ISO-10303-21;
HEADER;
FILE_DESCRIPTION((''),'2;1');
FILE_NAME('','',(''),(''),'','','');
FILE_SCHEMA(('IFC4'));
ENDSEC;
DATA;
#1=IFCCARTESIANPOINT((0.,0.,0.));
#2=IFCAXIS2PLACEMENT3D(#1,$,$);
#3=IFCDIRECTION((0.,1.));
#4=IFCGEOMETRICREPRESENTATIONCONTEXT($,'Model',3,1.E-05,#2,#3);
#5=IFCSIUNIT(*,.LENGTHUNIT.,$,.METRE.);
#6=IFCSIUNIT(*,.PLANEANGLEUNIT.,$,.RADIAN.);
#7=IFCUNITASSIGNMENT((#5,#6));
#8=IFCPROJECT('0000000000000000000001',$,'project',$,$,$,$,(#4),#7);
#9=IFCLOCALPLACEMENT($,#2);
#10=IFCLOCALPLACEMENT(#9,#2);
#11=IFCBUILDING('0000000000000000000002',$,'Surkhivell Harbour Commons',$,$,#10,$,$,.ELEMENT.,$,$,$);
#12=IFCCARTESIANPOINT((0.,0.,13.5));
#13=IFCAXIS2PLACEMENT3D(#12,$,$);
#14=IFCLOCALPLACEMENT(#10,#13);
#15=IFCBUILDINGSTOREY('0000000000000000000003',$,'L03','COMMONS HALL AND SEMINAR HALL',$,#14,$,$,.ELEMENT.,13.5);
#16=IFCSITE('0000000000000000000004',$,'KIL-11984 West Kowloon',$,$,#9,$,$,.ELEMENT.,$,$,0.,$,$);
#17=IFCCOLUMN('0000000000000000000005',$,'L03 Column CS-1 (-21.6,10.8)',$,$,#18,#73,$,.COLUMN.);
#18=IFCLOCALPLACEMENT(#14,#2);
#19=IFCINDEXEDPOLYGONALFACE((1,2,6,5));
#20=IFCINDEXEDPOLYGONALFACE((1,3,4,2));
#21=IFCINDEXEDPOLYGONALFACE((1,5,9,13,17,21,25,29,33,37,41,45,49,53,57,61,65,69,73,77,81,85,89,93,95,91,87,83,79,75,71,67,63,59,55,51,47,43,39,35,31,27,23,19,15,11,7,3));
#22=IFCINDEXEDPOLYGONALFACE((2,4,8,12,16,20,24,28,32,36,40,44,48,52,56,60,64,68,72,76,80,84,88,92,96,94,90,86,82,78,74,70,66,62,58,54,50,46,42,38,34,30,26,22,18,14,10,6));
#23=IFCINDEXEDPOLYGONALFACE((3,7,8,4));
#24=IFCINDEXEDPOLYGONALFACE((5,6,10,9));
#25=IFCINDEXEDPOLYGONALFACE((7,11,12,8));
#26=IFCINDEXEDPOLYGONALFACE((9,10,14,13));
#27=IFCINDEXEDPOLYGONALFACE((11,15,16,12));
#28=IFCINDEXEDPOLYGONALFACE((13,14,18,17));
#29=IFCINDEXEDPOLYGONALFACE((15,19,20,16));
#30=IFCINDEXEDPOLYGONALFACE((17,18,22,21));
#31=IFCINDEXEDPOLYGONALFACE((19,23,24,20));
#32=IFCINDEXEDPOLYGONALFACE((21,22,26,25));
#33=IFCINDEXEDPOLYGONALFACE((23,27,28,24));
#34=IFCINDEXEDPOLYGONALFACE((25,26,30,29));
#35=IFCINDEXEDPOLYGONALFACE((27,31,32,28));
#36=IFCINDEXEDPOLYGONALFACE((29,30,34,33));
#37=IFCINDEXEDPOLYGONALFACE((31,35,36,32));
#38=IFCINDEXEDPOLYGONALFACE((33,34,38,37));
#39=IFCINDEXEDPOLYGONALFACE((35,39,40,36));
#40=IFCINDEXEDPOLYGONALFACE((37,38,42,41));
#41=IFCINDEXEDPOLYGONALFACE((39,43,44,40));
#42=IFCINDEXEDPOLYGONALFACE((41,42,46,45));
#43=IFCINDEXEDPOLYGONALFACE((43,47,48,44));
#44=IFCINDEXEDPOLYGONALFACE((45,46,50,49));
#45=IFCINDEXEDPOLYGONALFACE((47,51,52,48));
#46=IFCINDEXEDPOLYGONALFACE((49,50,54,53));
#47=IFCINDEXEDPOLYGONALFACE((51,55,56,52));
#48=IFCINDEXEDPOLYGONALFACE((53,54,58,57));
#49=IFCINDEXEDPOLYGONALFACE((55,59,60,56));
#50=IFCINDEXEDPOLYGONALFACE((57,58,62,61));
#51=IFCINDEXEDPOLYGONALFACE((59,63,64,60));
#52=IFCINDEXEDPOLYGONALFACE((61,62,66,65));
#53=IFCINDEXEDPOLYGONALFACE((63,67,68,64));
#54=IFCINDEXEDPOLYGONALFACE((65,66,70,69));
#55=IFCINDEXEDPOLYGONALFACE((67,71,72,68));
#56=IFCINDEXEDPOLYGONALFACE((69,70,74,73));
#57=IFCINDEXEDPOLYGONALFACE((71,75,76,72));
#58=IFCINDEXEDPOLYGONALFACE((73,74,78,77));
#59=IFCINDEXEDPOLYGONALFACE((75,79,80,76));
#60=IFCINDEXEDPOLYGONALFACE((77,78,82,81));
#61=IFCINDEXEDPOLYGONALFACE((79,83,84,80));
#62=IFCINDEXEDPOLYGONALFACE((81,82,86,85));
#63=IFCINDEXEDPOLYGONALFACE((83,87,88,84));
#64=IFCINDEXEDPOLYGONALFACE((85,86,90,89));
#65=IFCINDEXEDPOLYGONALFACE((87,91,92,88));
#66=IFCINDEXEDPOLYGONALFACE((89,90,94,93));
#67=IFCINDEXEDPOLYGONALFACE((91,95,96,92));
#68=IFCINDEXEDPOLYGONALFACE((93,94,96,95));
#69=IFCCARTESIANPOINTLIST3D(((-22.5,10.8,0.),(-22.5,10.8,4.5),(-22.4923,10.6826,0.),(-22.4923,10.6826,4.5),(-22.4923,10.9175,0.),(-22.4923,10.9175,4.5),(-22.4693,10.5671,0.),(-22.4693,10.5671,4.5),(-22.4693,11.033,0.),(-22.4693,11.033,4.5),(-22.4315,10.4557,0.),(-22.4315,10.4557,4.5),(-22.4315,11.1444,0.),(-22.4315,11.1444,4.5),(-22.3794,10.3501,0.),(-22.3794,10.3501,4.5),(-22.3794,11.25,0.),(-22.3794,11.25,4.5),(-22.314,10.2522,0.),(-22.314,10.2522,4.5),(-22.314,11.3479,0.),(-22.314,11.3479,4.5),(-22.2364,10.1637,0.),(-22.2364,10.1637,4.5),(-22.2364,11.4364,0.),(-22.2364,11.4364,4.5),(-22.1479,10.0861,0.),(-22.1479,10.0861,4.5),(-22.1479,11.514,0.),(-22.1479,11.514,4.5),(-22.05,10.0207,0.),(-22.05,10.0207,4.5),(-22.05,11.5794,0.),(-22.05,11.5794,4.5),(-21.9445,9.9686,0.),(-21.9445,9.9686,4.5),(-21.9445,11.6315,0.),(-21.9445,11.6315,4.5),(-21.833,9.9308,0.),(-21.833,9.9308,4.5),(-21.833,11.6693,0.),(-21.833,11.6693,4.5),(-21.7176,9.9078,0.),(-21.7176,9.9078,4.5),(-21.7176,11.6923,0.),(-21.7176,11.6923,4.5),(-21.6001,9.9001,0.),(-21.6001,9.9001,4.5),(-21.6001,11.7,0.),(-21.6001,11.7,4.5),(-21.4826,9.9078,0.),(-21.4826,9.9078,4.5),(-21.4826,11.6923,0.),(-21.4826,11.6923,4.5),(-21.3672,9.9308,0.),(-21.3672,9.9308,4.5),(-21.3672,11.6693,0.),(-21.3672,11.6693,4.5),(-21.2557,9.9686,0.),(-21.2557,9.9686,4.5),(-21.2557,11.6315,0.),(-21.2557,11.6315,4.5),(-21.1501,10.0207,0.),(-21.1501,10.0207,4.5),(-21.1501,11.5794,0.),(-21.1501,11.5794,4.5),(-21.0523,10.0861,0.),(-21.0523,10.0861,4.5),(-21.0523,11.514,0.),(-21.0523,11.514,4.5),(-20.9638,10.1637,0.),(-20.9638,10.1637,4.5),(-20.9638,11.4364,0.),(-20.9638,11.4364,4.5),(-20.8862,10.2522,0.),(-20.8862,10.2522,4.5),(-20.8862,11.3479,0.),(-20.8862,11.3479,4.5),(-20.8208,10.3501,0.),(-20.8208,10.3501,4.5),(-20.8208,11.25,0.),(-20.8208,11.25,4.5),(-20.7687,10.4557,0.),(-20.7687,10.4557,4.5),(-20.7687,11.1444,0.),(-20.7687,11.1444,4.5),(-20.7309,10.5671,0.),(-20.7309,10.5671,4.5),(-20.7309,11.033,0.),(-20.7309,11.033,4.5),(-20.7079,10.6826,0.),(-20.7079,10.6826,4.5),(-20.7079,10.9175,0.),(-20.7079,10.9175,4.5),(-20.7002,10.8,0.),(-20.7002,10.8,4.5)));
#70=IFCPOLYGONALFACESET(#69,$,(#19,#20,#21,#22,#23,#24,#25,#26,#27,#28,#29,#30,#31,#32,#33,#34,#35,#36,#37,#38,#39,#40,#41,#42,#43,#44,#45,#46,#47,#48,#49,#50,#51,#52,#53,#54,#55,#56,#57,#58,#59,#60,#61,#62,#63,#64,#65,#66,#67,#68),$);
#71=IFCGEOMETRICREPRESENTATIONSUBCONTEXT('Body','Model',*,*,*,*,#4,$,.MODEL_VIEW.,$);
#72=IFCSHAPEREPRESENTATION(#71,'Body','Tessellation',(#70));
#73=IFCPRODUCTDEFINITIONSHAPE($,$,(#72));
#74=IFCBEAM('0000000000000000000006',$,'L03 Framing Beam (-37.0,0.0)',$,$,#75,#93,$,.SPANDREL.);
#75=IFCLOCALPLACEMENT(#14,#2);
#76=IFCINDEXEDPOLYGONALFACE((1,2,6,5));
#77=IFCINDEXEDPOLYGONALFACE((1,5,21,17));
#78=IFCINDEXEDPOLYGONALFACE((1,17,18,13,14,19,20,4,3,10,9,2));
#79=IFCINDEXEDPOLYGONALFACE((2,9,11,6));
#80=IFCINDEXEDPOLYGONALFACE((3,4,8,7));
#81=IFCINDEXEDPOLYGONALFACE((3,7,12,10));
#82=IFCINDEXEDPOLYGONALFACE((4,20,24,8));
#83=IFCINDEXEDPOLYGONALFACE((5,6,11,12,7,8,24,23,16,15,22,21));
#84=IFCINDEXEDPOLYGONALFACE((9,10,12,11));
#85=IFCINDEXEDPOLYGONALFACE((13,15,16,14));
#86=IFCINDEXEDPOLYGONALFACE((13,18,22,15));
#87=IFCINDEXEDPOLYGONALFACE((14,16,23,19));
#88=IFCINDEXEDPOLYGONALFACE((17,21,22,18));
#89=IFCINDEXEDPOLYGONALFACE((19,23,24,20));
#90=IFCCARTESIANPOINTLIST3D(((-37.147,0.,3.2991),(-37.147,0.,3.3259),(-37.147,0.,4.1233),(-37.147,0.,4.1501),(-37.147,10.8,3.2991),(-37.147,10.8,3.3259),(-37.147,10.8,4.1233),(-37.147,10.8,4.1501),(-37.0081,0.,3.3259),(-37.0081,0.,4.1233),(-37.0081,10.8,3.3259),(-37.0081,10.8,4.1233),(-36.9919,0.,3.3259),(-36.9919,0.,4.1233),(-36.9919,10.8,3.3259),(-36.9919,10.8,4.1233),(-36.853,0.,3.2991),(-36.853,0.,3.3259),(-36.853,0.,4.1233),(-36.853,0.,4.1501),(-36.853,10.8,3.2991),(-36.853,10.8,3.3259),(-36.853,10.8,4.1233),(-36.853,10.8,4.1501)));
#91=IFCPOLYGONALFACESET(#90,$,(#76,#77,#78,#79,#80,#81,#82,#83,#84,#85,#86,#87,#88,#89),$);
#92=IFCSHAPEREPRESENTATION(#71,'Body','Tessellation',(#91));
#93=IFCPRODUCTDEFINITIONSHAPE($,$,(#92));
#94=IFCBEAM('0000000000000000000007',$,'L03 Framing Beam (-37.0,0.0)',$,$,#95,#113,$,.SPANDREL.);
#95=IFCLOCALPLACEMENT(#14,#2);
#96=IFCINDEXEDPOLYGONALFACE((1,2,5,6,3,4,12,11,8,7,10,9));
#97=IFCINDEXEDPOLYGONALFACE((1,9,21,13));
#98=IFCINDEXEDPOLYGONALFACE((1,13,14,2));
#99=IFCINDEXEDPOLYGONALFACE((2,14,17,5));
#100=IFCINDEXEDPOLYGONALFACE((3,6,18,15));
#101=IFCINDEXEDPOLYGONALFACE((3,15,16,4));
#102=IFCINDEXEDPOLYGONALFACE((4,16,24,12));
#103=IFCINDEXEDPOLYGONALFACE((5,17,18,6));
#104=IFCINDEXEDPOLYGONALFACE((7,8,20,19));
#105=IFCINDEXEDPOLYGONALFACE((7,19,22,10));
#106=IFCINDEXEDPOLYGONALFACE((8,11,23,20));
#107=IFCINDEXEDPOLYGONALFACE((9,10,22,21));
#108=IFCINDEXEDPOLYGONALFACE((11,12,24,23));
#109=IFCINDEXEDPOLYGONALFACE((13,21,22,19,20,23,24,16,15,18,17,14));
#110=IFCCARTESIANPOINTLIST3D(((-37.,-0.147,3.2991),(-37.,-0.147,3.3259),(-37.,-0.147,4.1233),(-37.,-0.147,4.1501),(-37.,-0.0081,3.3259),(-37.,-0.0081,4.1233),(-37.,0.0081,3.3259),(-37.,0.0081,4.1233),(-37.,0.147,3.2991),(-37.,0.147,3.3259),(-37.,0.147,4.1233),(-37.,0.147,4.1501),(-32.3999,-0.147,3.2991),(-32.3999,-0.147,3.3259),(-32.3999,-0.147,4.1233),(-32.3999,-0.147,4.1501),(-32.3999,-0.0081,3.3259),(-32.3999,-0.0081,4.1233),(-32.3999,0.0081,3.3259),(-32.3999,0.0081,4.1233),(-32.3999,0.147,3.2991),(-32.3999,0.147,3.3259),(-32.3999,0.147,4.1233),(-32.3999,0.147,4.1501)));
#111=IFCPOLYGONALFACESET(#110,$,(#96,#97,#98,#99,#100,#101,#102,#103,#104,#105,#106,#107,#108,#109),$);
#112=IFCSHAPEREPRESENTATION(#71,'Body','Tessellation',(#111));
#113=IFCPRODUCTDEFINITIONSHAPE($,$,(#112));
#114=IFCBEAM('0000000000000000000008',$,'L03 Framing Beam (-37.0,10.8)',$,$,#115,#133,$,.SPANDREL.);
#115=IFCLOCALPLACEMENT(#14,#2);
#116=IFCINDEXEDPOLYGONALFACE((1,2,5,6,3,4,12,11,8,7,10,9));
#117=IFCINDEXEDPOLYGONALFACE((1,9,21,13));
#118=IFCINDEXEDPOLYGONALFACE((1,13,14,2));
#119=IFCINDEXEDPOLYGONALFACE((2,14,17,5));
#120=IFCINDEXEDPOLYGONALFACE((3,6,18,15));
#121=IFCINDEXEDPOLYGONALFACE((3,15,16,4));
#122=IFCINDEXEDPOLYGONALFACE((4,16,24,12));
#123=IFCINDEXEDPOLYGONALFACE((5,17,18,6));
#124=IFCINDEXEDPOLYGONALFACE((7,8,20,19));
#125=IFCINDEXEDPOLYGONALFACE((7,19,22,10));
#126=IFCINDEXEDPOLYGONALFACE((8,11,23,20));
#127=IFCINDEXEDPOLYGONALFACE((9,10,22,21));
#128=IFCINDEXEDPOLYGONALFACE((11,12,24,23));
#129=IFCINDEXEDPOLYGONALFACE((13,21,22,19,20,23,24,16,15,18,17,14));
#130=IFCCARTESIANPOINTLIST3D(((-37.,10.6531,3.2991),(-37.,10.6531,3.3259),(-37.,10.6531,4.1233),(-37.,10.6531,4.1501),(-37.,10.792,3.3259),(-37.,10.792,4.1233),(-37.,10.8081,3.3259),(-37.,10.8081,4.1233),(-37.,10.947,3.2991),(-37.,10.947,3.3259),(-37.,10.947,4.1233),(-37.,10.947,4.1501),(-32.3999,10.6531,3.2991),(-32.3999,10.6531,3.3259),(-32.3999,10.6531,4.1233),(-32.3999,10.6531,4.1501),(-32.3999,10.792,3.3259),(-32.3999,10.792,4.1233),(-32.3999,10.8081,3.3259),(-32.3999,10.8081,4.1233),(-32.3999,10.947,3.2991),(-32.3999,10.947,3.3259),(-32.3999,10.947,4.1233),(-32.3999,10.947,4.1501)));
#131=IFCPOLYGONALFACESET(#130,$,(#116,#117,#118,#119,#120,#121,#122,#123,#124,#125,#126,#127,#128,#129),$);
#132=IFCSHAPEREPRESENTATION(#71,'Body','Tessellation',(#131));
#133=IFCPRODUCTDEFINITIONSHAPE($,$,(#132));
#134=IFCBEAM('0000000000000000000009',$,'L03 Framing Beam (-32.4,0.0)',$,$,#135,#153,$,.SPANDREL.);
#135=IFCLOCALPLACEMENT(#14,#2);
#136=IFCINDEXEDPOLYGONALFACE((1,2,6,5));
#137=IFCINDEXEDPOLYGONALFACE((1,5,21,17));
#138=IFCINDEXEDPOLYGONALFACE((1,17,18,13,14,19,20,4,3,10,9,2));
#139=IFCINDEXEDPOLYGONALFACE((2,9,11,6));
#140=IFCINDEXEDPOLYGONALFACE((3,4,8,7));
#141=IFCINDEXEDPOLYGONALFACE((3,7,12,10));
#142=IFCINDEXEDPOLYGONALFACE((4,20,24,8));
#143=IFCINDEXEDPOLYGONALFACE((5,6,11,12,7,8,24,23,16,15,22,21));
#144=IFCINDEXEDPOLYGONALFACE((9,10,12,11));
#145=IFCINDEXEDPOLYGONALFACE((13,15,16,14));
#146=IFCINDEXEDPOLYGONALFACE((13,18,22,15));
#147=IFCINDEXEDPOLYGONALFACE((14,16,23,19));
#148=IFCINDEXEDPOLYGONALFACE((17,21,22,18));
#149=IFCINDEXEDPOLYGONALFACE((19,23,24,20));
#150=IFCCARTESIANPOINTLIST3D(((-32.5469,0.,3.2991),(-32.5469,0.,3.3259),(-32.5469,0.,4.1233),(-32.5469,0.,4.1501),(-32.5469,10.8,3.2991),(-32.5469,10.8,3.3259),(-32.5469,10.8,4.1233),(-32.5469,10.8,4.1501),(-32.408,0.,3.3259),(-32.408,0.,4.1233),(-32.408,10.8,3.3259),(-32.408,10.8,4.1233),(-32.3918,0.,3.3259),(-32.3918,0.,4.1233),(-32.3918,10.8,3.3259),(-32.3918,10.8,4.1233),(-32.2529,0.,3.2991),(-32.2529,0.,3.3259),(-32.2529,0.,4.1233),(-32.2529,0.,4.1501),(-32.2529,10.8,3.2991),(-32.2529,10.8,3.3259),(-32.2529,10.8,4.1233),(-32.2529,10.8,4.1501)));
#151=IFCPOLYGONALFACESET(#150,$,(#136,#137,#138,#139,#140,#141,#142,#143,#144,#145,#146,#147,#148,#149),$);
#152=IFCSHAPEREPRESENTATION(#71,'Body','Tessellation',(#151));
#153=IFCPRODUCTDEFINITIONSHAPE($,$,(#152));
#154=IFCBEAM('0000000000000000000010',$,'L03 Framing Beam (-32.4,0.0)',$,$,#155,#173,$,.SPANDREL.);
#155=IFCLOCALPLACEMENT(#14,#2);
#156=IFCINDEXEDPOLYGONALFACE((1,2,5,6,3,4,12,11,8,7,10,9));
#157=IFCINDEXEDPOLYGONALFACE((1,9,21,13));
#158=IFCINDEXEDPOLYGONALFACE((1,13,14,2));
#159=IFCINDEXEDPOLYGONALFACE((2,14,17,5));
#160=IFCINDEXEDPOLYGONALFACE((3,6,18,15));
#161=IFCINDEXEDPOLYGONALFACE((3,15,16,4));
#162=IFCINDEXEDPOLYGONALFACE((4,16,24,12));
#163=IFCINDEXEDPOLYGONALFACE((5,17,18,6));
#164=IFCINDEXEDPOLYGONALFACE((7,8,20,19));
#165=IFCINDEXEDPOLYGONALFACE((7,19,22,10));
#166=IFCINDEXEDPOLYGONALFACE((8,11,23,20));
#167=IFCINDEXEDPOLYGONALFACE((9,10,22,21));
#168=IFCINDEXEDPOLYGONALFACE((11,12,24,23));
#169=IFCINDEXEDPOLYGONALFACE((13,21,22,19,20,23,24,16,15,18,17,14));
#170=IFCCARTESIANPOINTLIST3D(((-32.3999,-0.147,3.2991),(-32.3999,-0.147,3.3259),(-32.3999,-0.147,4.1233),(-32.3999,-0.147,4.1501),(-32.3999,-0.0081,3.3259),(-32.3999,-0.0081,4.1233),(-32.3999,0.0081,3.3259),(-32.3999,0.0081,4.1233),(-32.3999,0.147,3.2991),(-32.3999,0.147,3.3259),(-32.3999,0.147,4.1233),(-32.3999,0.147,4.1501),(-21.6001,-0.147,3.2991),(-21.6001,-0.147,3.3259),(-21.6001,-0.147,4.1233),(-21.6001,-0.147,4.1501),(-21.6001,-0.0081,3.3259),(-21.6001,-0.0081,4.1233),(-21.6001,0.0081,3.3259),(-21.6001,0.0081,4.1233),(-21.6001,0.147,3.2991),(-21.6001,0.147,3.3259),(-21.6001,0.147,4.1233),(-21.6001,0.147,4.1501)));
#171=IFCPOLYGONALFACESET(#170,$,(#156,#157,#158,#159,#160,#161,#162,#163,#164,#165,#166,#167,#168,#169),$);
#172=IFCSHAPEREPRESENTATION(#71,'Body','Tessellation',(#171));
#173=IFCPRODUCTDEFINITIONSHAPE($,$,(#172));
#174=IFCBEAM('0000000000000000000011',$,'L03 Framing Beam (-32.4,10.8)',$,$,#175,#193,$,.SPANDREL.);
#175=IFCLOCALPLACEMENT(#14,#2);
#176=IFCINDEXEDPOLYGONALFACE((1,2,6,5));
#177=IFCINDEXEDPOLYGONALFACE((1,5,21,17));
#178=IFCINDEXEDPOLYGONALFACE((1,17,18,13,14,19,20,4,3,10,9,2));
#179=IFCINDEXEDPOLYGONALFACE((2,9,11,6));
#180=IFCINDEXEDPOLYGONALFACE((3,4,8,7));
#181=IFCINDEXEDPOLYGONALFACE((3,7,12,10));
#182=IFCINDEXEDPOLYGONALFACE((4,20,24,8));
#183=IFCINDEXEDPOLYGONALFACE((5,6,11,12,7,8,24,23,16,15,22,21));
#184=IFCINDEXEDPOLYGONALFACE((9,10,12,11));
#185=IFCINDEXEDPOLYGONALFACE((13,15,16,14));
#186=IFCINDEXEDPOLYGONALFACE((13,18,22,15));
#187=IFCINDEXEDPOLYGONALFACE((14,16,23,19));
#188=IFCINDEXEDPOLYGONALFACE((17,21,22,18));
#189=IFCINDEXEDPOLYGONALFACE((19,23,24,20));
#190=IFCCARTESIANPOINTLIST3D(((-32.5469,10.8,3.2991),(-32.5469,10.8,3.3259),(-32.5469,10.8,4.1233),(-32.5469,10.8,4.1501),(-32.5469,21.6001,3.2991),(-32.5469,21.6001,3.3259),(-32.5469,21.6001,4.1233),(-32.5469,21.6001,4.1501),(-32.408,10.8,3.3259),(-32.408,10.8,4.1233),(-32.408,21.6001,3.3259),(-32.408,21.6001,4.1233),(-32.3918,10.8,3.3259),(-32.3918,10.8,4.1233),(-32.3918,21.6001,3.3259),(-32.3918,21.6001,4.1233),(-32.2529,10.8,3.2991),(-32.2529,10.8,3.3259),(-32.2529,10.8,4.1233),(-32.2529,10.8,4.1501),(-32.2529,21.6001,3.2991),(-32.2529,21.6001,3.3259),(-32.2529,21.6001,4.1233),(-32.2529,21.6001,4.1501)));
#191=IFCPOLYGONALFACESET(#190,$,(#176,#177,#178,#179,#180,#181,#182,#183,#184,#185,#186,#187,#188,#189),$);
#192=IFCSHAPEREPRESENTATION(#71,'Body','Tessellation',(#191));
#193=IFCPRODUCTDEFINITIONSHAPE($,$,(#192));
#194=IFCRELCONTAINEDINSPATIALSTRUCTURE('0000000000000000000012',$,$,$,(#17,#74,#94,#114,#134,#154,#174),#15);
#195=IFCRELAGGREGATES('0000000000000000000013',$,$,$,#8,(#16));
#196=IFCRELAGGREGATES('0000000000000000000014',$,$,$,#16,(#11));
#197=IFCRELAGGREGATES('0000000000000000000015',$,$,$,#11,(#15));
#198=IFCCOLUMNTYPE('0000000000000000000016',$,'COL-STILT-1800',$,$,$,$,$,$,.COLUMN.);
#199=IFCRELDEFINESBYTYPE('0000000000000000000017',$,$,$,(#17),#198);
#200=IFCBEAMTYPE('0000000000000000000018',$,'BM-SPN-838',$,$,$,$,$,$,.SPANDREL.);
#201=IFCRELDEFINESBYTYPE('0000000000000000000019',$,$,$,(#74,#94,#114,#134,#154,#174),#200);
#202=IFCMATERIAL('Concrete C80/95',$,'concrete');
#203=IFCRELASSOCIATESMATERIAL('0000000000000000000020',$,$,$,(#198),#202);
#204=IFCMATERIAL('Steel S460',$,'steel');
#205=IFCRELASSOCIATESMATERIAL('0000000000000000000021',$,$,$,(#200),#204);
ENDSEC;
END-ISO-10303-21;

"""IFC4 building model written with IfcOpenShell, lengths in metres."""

from ifc_helpers import new_model, si_unit, direction, frame, origin, origin_2d, place, context, subcontext, project, spatial, circle, i_section, extrude, material, material_profile, profile_set, type_object, element, save


model = new_model("IFC4")

# Units and contexts
model_context = context("Model", 3, precision=1e-05, world=origin(), true_north=direction((0.0, 1.0)))
body_context = subcontext(model_context, "Body", "Model", "MODEL_VIEW")
ifc_project = project(units=[si_unit("LENGTHUNIT", "METRE"), si_unit("PLANEANGLEUNIT", "RADIAN")], contexts=[model_context])

# Site, building, storey
site_placement = place(None, origin())
site = spatial("IfcSite", under=ifc_project, at=site_placement, Name="KIL-11984 West Kowloon", CompositionType="ELEMENT", RefElevation=0.0)
building_placement = place(site_placement, origin())
building = spatial("IfcBuilding", under=site, at=building_placement, Name="Surkhivell Harbour Commons", CompositionType="ELEMENT")
storey_placement = place(building_placement, frame((0.0, 0.0, 13.5)))
storey = spatial("IfcBuildingStorey", under=building, at=storey_placement, Name="L03", Description="COMMONS HALL AND SEMINAR HALL", CompositionType="ELEMENT", Elevation=13.5)

# Column
ifc_material_1 = material(Name="Concrete C80/95", Category="concrete")
ifc_material_profile_1 = material_profile(ifc_material_1, circle(Radius=0.8999, at=origin_2d()), Name="RC-CIRC-1800")
ifc_profile_set_1 = profile_set([ifc_material_profile_1], Name="Concrete C80/95")
column_type_1 = type_object("IfcColumnType", Name="COL-STILT-1800", PredefinedType="COLUMN", material=ifc_profile_set_1)
for number, where, z_axis, x_axis, name in (
    (1, (-21.6001, 10.8, 0.0), (0.0, 0.0, 1.0), (1.0, 0.0, 0.0), "L03 Column CS-1 (-21.6,10.8)"),
):
    element("IfcColumn", number, at=place(storey_placement, frame(where, z_axis=z_axis, x_axis=x_axis)), inside=storey, type_object=column_type_1, Name=name, PredefinedType="COLUMN", context=body_context, shape_type="SweptSolid", body=[
        extrude(circle(Radius=0.8999, at=origin_2d()), origin(), (0.0, 0.0, 1.0), 4.5),
    ])

# Beams
ifc_material_2 = material(Name="Steel S460", Category="steel")
ifc_material_profile_2 = material_profile(ifc_material_2, i_section(OverallWidth=0.2939, OverallDepth=0.8511, WebThickness=0.0161, FlangeThickness=0.0269, at=origin_2d()), Name="UB838x292x226")
ifc_profile_set_2 = profile_set([ifc_material_profile_2], Name="Steel S460")
beam_type = type_object("IfcBeamType", Name="BM-SPN-838", PredefinedType="SPANDREL", material=ifc_profile_set_2)
beam_1_placement = place(storey_placement, frame((-37.0, 0.0, 3.7246), z_axis=(0.0, 1.0, 0.0), x_axis=(-1.0, 0.0, 0.0)))
element("IfcBeam", 2, at=beam_1_placement, inside=storey, type_object=beam_type, Name="L03 Framing Beam (-37.0,0.0)", PredefinedType="SPANDREL", context=body_context, shape_type="SweptSolid", body=[
    extrude(i_section(OverallWidth=0.2939, OverallDepth=0.8511, WebThickness=0.0161, FlangeThickness=0.0269, at=origin_2d()), origin(), (0.0, 0.0, 1.0), 10.8),
])
for number, where, z_axis, x_axis, name in (
    (3, (-37.0, 0.0, 3.7246), (1.0, 0.0, 0.0), (0.0, 1.0, 0.0), "L03 Framing Beam (-37.0,0.0)"),
    (4, (-37.0, 10.8, 3.7246), (1.0, 0.0, 0.0), (0.0, 1.0, 0.0), "L03 Framing Beam (-37.0,10.8)"),
):
    element("IfcBeam", number, at=place(storey_placement, frame(where, z_axis=z_axis, x_axis=x_axis)), inside=storey, type_object=beam_type, Name=name, PredefinedType="SPANDREL", context=body_context, shape_type="SweptSolid", body=[
        extrude(i_section(OverallWidth=0.2939, OverallDepth=0.8511, WebThickness=0.0161, FlangeThickness=0.0269, at=origin_2d()), origin(), (0.0, 0.0, 1.0), 4.6001),
    ])
beam_2_placement = place(storey_placement, frame((-32.3999, 0.0, 3.7246), z_axis=(0.0, 1.0, 0.0), x_axis=(-1.0, 0.0, 0.0)))
element("IfcBeam", 5, at=beam_2_placement, inside=storey, type_object=beam_type, Name="L03 Framing Beam (-32.4,0.0)", PredefinedType="SPANDREL", context=body_context, shape_type="SweptSolid", body=[
    extrude(i_section(OverallWidth=0.2939, OverallDepth=0.8511, WebThickness=0.0161, FlangeThickness=0.0269, at=origin_2d()), origin(), (0.0, 0.0, 1.0), 10.8),
])
beam_3_placement = place(storey_placement, frame((-32.3999, 0.0, 3.7246), z_axis=(1.0, 0.0, 0.0), x_axis=(0.0, 1.0, 0.0)))
element("IfcBeam", 6, at=beam_3_placement, inside=storey, type_object=beam_type, Name="L03 Framing Beam (-32.4,0.0)", PredefinedType="SPANDREL", context=body_context, shape_type="SweptSolid", body=[
    extrude(i_section(OverallWidth=0.2939, OverallDepth=0.8511, WebThickness=0.0161, FlangeThickness=0.0269, at=origin_2d()), origin(), (0.0, 0.0, 1.0), 10.7998),
])
beam_4_placement = place(storey_placement, frame((-32.3999, 10.8, 3.7246), z_axis=(0.0, 1.0, 0.0), x_axis=(-1.0, 0.0, 0.0)))
element("IfcBeam", 7, at=beam_4_placement, inside=storey, type_object=beam_type, Name="L03 Framing Beam (-32.4,10.8)", PredefinedType="SPANDREL", context=body_context, shape_type="SweptSolid", body=[
    extrude(i_section(OverallWidth=0.2939, OverallDepth=0.8511, WebThickness=0.0161, FlangeThickness=0.0269, at=origin_2d()), origin(), (0.0, 0.0, 1.0), 10.8),
])

save(model, "model.ifc")
